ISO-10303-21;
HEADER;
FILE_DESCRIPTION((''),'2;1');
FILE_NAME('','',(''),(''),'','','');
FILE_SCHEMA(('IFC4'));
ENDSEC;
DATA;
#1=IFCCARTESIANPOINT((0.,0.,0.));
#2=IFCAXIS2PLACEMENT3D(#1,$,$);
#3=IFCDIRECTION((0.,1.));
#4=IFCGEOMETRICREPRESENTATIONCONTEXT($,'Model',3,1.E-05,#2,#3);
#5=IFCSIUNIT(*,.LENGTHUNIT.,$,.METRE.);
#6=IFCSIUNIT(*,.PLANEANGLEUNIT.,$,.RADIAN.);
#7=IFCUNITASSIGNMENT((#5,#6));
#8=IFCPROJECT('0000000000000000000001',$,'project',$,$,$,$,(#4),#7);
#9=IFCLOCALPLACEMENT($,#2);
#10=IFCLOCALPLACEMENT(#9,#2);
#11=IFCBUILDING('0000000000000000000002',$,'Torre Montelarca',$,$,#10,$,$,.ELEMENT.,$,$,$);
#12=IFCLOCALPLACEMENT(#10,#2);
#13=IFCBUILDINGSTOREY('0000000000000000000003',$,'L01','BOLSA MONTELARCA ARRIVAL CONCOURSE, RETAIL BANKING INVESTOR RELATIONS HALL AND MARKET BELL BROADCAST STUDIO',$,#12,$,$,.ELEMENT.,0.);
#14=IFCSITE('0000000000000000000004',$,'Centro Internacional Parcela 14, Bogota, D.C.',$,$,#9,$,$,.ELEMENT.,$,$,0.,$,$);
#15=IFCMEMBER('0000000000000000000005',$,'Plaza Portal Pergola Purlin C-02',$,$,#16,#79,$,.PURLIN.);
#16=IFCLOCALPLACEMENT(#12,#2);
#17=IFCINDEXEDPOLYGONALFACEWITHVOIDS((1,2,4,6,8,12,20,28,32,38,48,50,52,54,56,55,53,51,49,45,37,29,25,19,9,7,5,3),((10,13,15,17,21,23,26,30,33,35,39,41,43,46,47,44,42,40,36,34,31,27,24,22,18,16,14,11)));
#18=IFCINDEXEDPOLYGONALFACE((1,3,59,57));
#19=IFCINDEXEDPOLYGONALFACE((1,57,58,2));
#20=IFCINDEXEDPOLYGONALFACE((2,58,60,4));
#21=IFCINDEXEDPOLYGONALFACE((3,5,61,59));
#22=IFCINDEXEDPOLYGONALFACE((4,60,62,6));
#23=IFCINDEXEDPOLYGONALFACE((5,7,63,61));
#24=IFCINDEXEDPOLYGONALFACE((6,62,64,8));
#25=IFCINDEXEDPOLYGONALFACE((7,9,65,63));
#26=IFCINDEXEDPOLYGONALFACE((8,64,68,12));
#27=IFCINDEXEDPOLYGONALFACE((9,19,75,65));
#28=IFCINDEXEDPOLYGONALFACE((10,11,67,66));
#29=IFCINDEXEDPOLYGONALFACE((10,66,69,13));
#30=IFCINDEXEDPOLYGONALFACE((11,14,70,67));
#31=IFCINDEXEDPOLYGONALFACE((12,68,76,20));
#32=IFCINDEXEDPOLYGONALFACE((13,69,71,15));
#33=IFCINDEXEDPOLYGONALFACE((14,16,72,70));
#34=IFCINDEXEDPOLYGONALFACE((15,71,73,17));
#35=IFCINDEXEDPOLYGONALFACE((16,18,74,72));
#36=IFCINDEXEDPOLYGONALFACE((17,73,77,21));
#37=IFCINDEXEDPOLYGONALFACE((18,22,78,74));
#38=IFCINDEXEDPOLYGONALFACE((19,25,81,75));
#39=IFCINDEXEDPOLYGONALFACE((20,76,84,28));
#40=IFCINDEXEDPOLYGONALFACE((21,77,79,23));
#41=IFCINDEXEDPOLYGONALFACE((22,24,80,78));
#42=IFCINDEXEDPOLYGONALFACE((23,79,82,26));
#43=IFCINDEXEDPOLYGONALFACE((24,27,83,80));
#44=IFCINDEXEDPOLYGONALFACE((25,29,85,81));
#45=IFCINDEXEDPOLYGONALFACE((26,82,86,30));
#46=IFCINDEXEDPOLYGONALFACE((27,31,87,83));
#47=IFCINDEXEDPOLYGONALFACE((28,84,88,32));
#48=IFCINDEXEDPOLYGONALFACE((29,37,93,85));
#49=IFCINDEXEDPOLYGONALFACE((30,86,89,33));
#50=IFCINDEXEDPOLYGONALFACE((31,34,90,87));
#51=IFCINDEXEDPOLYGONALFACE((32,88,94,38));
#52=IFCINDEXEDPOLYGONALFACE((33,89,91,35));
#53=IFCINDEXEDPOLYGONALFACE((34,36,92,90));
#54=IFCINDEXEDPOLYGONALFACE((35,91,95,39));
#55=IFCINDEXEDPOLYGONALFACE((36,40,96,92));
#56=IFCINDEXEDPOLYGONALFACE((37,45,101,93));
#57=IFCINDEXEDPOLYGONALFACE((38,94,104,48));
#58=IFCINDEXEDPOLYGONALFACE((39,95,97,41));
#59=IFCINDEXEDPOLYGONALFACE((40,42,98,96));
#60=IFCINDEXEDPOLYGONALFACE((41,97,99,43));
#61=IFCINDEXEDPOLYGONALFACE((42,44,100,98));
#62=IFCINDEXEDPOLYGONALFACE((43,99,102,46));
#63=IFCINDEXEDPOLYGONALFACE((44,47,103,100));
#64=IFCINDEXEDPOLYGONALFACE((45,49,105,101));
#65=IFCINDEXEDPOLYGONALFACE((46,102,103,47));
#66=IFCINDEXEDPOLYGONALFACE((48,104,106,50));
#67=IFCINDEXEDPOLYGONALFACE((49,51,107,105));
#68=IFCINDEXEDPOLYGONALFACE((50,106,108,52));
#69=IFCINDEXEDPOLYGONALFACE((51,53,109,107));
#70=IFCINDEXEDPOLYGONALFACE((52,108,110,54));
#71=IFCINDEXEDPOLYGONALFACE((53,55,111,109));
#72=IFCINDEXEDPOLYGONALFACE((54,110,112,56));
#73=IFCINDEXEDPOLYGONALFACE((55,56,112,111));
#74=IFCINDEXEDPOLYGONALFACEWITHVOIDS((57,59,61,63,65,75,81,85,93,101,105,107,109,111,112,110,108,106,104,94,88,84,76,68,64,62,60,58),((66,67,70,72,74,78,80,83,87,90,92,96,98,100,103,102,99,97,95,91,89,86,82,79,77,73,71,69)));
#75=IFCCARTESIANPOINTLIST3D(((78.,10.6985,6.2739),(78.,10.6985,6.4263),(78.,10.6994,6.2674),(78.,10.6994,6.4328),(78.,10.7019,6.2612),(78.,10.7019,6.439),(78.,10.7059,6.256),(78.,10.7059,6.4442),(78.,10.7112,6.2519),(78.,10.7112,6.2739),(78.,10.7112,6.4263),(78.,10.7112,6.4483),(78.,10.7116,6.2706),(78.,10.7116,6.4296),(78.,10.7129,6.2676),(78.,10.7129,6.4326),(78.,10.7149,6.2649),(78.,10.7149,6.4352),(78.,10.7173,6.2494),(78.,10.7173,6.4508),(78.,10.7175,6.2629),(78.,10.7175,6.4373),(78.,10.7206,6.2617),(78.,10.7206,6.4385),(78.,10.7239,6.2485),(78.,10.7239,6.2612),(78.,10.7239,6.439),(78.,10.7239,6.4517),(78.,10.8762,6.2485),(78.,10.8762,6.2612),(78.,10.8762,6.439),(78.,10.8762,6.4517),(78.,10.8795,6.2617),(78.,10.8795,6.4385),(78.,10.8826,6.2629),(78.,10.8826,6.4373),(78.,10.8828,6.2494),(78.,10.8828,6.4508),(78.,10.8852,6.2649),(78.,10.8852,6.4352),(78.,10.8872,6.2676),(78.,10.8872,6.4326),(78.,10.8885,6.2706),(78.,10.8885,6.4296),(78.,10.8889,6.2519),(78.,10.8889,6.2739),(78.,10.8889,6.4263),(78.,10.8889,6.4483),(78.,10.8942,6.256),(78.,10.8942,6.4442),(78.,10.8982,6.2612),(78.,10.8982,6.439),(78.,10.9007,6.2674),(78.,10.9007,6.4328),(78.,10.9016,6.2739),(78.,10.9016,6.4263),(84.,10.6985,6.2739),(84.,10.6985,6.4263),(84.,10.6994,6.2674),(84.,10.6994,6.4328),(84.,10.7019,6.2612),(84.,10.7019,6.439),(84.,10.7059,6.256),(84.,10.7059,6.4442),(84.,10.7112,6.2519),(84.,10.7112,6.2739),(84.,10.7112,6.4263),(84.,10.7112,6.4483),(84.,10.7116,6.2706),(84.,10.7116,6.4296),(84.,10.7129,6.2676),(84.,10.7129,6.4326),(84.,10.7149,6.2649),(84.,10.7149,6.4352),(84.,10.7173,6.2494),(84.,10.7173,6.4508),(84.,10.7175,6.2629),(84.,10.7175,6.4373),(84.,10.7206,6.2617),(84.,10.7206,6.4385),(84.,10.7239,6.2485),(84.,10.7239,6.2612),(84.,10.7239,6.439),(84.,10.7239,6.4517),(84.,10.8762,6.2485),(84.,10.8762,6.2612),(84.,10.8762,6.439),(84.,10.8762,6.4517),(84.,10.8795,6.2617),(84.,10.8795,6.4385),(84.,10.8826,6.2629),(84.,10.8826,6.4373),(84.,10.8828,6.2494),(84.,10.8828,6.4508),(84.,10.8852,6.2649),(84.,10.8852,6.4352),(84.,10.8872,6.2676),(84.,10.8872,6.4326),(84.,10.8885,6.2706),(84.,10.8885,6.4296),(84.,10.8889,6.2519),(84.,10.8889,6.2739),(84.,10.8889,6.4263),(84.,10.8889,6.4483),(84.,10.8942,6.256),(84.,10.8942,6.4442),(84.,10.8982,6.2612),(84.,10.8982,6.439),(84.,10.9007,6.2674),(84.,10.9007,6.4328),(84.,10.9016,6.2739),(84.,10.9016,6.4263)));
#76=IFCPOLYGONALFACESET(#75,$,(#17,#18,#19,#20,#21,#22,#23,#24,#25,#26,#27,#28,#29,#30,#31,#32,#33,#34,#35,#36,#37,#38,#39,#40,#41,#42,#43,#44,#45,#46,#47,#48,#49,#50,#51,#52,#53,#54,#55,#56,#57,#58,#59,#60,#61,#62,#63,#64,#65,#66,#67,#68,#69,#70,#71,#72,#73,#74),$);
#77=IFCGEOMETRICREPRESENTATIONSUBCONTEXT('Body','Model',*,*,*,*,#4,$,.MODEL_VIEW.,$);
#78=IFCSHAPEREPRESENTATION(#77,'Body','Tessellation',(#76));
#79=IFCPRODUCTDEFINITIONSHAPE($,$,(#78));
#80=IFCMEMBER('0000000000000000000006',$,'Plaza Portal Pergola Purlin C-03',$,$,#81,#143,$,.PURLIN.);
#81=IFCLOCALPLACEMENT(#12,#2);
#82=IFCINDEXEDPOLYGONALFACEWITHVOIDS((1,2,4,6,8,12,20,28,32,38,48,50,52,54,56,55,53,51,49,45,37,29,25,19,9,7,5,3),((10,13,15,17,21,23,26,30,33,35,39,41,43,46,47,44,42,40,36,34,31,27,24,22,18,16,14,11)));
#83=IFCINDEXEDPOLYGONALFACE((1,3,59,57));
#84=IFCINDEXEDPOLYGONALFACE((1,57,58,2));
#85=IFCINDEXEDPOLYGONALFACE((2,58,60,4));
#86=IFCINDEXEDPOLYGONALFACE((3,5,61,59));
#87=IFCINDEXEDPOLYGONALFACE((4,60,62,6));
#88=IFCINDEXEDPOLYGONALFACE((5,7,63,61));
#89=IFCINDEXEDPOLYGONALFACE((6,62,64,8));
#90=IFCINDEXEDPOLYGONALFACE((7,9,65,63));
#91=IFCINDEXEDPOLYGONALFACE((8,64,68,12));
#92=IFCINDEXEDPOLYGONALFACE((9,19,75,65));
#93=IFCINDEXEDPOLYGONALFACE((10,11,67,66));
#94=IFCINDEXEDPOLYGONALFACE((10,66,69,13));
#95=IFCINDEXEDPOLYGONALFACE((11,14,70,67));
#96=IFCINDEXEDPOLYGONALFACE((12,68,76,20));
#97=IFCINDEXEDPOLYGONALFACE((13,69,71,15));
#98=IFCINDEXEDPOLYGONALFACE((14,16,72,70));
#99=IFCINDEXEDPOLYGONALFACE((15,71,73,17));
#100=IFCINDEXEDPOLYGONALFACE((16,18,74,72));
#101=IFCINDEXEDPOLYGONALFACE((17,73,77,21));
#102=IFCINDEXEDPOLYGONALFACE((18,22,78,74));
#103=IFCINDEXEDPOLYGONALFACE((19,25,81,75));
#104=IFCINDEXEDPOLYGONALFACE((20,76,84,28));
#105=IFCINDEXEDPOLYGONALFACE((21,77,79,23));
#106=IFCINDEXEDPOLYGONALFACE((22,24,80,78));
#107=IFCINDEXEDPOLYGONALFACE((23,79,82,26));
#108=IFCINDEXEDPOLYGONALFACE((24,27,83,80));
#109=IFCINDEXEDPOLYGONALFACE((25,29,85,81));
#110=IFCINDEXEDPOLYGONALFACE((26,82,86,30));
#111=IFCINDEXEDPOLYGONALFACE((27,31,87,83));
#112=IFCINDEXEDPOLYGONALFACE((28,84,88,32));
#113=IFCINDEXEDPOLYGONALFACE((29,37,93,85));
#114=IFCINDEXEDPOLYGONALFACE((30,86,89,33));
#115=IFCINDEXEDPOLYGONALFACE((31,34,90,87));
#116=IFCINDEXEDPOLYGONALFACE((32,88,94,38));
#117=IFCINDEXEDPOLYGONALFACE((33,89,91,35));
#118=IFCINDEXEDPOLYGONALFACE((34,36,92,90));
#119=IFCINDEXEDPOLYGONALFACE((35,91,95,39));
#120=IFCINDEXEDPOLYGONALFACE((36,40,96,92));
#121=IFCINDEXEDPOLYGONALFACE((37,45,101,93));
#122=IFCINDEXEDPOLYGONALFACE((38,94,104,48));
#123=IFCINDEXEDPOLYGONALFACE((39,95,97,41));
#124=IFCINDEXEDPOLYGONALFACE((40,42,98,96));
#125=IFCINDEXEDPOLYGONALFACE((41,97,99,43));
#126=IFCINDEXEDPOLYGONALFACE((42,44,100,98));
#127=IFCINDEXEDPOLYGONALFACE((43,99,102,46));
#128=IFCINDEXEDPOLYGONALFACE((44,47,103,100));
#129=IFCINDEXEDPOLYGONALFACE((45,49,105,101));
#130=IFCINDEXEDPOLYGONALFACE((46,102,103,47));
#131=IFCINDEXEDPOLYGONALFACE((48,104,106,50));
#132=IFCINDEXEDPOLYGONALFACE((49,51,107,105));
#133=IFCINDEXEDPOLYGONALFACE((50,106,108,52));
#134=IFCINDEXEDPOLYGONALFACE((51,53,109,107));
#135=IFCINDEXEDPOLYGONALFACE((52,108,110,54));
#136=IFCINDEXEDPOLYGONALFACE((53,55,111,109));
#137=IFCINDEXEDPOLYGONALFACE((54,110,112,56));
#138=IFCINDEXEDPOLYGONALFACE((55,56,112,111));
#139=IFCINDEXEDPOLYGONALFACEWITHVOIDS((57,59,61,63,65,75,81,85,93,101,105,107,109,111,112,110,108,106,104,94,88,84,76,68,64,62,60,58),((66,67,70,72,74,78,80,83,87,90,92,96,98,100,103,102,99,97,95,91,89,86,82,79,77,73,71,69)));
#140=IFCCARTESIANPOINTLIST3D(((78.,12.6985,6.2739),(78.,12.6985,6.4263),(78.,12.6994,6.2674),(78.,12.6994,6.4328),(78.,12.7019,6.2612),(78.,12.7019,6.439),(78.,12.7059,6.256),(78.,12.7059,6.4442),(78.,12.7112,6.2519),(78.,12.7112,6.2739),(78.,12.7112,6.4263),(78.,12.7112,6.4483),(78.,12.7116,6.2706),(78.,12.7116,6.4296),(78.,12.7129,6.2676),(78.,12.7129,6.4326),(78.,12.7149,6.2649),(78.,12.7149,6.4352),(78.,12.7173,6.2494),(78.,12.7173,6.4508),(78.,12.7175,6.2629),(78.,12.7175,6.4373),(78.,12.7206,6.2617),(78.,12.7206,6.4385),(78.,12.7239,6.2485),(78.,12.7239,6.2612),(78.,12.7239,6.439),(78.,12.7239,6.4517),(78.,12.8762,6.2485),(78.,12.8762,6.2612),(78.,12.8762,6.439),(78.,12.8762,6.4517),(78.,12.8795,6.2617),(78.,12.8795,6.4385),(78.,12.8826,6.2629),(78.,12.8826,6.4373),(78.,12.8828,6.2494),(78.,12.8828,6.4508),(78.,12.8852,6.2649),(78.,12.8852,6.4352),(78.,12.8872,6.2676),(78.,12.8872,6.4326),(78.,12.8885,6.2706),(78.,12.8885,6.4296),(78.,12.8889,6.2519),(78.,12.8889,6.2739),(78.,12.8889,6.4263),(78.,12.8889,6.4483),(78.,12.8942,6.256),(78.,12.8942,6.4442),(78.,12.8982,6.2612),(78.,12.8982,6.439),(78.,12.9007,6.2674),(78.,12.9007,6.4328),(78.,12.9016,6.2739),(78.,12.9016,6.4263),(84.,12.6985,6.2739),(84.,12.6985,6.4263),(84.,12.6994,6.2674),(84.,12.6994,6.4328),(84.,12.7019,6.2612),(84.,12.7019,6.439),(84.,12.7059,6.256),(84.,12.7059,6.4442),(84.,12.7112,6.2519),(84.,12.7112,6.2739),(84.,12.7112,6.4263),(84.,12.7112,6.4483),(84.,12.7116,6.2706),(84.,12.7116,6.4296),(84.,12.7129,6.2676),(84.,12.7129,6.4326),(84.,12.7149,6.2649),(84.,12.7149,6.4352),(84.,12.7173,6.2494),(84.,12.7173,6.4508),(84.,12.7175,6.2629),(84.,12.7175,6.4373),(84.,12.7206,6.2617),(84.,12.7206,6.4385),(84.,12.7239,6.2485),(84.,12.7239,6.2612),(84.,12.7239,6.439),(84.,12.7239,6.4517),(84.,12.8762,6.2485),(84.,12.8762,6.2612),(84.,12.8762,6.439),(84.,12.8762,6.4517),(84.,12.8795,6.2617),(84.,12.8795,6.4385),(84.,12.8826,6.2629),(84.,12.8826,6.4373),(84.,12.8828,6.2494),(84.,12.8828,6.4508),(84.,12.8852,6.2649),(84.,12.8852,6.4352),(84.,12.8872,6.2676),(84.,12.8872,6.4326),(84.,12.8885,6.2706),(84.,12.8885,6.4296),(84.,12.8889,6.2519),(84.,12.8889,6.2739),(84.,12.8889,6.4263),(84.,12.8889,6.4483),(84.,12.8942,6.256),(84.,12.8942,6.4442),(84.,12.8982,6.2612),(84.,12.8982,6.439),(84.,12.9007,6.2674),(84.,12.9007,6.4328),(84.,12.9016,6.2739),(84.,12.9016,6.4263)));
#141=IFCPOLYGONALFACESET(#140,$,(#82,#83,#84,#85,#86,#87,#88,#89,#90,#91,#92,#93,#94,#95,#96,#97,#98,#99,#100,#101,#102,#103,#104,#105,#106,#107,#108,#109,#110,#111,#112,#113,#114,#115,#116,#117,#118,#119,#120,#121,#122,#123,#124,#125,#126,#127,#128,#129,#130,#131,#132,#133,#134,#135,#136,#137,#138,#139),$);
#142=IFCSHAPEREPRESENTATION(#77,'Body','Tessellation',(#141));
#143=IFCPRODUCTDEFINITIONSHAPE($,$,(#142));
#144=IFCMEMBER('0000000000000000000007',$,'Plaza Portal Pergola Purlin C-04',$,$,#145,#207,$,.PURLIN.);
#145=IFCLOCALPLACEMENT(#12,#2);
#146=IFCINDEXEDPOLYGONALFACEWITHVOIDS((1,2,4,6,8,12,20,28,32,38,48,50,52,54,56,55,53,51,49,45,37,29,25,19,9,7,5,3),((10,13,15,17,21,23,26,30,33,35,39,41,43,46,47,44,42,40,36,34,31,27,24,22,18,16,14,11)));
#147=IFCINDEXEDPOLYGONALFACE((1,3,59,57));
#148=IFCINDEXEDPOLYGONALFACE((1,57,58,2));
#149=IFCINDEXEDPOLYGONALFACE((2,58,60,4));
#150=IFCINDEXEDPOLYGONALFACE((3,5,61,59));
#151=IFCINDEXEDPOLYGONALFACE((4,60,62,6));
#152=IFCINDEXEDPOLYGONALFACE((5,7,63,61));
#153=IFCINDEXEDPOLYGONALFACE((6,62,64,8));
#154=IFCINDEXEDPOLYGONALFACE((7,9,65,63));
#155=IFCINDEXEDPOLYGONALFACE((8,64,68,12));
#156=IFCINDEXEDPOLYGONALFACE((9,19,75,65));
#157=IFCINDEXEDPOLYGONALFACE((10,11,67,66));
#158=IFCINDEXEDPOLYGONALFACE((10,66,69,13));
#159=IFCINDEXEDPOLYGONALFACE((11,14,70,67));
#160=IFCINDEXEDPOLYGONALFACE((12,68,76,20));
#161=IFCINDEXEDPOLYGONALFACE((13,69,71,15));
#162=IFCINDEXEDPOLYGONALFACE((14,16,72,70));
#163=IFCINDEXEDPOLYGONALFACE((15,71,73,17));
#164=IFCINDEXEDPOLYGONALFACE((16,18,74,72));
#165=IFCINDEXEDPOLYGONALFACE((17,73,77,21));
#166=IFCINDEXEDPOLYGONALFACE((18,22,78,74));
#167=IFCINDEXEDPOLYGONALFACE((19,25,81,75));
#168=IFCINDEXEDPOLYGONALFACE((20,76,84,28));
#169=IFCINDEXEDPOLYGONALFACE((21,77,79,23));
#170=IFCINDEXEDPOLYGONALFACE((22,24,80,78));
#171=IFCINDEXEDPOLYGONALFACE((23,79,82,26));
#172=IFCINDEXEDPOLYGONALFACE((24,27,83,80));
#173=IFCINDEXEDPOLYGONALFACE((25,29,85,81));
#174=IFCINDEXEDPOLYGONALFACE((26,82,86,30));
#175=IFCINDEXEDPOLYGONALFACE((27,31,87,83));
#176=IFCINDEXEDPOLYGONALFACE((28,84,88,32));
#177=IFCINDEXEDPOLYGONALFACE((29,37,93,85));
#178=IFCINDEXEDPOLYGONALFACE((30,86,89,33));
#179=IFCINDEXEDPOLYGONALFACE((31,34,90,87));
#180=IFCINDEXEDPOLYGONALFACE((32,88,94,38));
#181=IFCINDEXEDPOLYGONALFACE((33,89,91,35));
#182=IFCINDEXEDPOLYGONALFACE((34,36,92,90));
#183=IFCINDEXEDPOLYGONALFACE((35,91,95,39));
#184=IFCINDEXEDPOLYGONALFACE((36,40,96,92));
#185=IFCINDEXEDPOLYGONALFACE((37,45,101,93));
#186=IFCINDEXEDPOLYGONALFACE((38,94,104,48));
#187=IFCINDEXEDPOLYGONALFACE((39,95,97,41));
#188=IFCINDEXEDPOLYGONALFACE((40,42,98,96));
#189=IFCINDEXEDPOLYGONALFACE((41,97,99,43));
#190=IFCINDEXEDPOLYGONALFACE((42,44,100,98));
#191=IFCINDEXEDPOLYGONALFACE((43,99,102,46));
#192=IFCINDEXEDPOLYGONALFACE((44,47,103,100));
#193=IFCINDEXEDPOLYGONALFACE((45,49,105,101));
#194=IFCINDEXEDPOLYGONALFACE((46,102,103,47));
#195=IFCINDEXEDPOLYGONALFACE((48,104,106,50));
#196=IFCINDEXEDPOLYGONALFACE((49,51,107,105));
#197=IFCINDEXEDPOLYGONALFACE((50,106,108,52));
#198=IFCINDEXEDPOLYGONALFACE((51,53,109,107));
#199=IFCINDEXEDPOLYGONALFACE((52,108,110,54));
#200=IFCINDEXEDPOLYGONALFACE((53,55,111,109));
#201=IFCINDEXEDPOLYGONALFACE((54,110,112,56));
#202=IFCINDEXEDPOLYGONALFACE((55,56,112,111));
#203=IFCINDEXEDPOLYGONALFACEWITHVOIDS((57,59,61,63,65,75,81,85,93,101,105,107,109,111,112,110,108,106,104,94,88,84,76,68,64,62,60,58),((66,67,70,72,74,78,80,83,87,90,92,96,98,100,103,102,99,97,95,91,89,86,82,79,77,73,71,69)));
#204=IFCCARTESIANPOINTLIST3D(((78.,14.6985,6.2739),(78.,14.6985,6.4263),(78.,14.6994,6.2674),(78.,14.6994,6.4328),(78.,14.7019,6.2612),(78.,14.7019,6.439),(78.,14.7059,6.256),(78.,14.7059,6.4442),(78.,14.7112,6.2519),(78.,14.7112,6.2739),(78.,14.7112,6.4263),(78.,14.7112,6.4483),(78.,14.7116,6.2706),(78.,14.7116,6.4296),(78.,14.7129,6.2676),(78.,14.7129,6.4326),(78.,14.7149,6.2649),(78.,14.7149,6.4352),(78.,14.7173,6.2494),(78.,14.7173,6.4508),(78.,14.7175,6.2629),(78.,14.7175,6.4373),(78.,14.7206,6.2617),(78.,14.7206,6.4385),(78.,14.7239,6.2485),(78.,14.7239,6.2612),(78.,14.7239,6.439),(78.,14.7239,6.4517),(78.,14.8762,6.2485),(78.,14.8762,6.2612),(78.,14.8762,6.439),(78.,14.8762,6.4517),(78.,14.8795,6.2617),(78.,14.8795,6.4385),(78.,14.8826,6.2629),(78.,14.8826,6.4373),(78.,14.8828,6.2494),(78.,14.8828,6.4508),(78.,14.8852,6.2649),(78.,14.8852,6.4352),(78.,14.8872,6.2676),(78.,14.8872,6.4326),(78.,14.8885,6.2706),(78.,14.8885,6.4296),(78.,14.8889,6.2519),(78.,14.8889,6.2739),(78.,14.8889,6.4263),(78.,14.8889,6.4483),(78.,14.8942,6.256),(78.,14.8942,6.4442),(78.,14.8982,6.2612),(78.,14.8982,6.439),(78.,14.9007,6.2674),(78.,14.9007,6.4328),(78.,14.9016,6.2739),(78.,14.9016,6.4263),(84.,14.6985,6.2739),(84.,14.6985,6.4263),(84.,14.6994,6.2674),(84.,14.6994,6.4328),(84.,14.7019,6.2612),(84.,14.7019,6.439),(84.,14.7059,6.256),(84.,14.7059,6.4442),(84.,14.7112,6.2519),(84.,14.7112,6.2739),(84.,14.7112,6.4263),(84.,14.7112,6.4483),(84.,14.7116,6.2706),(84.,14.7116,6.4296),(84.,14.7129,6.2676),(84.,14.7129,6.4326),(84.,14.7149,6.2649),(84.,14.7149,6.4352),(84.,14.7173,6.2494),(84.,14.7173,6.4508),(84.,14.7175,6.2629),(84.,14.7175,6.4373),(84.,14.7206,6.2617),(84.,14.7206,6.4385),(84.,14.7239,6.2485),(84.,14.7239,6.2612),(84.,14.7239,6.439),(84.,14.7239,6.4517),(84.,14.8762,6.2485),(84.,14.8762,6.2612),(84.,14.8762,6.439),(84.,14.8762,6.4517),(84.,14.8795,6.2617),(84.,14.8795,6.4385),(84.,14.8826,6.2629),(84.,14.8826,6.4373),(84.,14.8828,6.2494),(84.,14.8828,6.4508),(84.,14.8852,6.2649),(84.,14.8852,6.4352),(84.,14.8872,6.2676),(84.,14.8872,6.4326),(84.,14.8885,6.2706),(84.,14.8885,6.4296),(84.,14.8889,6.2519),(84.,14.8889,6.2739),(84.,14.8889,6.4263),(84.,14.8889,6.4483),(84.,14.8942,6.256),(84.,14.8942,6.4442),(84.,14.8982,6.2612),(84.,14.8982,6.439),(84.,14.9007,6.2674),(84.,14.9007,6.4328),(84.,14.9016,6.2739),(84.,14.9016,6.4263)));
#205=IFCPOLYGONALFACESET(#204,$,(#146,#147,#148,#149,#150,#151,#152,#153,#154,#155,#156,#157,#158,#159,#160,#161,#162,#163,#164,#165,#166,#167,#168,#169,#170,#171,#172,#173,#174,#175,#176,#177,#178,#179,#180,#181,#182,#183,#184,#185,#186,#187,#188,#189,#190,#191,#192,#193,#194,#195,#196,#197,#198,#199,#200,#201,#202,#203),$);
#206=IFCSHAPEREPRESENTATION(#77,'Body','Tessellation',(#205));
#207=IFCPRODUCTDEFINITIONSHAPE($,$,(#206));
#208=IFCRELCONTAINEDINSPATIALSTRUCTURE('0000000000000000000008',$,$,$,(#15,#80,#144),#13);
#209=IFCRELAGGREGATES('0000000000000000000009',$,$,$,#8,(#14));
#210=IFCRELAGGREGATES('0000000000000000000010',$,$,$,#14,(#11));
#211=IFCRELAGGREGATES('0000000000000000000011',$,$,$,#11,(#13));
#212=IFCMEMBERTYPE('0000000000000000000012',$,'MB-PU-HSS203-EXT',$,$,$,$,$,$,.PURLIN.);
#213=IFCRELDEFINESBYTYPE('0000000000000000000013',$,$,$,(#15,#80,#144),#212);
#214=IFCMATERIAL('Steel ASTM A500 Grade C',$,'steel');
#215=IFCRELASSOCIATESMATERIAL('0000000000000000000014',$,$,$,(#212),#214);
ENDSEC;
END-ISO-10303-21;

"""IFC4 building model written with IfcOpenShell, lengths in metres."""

from ifc_helpers import new_model, si_unit, direction, frame, origin, origin_2d, place, context, subcontext, project, spatial, hollow_rectangle, extrude, source, transform, mapped, material, material_profile, profile_set, type_object, element, save


model = new_model("IFC4")

# Units and contexts
model_context = context("Model", 3, precision=1e-05, world=origin(), true_north=direction((0.0, 1.0)))
body_context = subcontext(model_context, "Body", "Model", "MODEL_VIEW")
ifc_project = project(units=[si_unit("LENGTHUNIT", "METRE"), si_unit("PLANEANGLEUNIT", "RADIAN")], contexts=[model_context])

# Site, building, storey
site_placement = place(None, origin())
site = spatial("IfcSite", under=ifc_project, at=site_placement, Name="Centro Internacional Parcela 14, Bogota, D.C.", CompositionType="ELEMENT", RefElevation=0.0)
building_placement = place(site_placement, origin())
building = spatial("IfcBuilding", under=site, at=building_placement, Name="Torre Montelarca", CompositionType="ELEMENT")
storey_placement = place(building_placement, origin())
storey = spatial("IfcBuildingStorey", under=building, at=storey_placement, Name="L01", Description="BOLSA MONTELARCA ARRIVAL CONCOURSE, RETAIL BANKING INVESTOR RELATIONS HALL AND MARKET BELL BROADCAST STUDIO", CompositionType="ELEMENT", Elevation=0.0)

# Members
ifc_material_1 = material(Name="Steel ASTM A500 Grade C", Category="steel")
ifc_material_profile_1 = material_profile(ifc_material_1, hollow_rectangle(XDim=0.2031, YDim=0.2031, WallThickness=0.0127, InnerFilletRadius=0.0127, OuterFilletRadius=0.0254, at=origin_2d()), Name="HSS203X203X12.7", Category="steel")
ifc_profile_set_1 = profile_set([ifc_material_profile_1], Name="Steel ASTM A500 Grade C")
member_type = type_object("IfcMemberType", Name="MB-PU-HSS203-EXT", PredefinedType="PURLIN", material=ifc_profile_set_1)
shared_shape_1 = source(origin(), body_context, "Body", "SweptSolid", [
    extrude(hollow_rectangle(XDim=0.2031, YDim=0.2031, WallThickness=0.0127, InnerFilletRadius=0.0127, OuterFilletRadius=0.0254, at=origin_2d()), origin(), (0.0, 0.0, 1.0), 6.0),
])
for number, where, z_axis, x_axis, name in (
    (1, (78.0, 10.8, 6.3501), (1.0, 0.0, 0.0), (0.0, 1.0, 0.0), "Plaza Portal Pergola Purlin C-02"),
    (2, (78.0, 12.8, 6.3501), (1.0, 0.0, 0.0), (0.0, 1.0, 0.0), "Plaza Portal Pergola Purlin C-03"),
    (3, (78.0, 14.8, 6.3501), (1.0, 0.0, 0.0), (0.0, 1.0, 0.0), "Plaza Portal Pergola Purlin C-04"),
):
    element("IfcMember", number, at=place(storey_placement, frame(where, z_axis=z_axis, x_axis=x_axis)), inside=storey, type_object=member_type, Name=name, PredefinedType="PURLIN", context=body_context, shape_type="MappedRepresentation", body=[
        mapped(shared_shape_1, transform((0.0, 0.0, 0.0), scale=1.0)),
    ])

save(model, "model.ifc")
